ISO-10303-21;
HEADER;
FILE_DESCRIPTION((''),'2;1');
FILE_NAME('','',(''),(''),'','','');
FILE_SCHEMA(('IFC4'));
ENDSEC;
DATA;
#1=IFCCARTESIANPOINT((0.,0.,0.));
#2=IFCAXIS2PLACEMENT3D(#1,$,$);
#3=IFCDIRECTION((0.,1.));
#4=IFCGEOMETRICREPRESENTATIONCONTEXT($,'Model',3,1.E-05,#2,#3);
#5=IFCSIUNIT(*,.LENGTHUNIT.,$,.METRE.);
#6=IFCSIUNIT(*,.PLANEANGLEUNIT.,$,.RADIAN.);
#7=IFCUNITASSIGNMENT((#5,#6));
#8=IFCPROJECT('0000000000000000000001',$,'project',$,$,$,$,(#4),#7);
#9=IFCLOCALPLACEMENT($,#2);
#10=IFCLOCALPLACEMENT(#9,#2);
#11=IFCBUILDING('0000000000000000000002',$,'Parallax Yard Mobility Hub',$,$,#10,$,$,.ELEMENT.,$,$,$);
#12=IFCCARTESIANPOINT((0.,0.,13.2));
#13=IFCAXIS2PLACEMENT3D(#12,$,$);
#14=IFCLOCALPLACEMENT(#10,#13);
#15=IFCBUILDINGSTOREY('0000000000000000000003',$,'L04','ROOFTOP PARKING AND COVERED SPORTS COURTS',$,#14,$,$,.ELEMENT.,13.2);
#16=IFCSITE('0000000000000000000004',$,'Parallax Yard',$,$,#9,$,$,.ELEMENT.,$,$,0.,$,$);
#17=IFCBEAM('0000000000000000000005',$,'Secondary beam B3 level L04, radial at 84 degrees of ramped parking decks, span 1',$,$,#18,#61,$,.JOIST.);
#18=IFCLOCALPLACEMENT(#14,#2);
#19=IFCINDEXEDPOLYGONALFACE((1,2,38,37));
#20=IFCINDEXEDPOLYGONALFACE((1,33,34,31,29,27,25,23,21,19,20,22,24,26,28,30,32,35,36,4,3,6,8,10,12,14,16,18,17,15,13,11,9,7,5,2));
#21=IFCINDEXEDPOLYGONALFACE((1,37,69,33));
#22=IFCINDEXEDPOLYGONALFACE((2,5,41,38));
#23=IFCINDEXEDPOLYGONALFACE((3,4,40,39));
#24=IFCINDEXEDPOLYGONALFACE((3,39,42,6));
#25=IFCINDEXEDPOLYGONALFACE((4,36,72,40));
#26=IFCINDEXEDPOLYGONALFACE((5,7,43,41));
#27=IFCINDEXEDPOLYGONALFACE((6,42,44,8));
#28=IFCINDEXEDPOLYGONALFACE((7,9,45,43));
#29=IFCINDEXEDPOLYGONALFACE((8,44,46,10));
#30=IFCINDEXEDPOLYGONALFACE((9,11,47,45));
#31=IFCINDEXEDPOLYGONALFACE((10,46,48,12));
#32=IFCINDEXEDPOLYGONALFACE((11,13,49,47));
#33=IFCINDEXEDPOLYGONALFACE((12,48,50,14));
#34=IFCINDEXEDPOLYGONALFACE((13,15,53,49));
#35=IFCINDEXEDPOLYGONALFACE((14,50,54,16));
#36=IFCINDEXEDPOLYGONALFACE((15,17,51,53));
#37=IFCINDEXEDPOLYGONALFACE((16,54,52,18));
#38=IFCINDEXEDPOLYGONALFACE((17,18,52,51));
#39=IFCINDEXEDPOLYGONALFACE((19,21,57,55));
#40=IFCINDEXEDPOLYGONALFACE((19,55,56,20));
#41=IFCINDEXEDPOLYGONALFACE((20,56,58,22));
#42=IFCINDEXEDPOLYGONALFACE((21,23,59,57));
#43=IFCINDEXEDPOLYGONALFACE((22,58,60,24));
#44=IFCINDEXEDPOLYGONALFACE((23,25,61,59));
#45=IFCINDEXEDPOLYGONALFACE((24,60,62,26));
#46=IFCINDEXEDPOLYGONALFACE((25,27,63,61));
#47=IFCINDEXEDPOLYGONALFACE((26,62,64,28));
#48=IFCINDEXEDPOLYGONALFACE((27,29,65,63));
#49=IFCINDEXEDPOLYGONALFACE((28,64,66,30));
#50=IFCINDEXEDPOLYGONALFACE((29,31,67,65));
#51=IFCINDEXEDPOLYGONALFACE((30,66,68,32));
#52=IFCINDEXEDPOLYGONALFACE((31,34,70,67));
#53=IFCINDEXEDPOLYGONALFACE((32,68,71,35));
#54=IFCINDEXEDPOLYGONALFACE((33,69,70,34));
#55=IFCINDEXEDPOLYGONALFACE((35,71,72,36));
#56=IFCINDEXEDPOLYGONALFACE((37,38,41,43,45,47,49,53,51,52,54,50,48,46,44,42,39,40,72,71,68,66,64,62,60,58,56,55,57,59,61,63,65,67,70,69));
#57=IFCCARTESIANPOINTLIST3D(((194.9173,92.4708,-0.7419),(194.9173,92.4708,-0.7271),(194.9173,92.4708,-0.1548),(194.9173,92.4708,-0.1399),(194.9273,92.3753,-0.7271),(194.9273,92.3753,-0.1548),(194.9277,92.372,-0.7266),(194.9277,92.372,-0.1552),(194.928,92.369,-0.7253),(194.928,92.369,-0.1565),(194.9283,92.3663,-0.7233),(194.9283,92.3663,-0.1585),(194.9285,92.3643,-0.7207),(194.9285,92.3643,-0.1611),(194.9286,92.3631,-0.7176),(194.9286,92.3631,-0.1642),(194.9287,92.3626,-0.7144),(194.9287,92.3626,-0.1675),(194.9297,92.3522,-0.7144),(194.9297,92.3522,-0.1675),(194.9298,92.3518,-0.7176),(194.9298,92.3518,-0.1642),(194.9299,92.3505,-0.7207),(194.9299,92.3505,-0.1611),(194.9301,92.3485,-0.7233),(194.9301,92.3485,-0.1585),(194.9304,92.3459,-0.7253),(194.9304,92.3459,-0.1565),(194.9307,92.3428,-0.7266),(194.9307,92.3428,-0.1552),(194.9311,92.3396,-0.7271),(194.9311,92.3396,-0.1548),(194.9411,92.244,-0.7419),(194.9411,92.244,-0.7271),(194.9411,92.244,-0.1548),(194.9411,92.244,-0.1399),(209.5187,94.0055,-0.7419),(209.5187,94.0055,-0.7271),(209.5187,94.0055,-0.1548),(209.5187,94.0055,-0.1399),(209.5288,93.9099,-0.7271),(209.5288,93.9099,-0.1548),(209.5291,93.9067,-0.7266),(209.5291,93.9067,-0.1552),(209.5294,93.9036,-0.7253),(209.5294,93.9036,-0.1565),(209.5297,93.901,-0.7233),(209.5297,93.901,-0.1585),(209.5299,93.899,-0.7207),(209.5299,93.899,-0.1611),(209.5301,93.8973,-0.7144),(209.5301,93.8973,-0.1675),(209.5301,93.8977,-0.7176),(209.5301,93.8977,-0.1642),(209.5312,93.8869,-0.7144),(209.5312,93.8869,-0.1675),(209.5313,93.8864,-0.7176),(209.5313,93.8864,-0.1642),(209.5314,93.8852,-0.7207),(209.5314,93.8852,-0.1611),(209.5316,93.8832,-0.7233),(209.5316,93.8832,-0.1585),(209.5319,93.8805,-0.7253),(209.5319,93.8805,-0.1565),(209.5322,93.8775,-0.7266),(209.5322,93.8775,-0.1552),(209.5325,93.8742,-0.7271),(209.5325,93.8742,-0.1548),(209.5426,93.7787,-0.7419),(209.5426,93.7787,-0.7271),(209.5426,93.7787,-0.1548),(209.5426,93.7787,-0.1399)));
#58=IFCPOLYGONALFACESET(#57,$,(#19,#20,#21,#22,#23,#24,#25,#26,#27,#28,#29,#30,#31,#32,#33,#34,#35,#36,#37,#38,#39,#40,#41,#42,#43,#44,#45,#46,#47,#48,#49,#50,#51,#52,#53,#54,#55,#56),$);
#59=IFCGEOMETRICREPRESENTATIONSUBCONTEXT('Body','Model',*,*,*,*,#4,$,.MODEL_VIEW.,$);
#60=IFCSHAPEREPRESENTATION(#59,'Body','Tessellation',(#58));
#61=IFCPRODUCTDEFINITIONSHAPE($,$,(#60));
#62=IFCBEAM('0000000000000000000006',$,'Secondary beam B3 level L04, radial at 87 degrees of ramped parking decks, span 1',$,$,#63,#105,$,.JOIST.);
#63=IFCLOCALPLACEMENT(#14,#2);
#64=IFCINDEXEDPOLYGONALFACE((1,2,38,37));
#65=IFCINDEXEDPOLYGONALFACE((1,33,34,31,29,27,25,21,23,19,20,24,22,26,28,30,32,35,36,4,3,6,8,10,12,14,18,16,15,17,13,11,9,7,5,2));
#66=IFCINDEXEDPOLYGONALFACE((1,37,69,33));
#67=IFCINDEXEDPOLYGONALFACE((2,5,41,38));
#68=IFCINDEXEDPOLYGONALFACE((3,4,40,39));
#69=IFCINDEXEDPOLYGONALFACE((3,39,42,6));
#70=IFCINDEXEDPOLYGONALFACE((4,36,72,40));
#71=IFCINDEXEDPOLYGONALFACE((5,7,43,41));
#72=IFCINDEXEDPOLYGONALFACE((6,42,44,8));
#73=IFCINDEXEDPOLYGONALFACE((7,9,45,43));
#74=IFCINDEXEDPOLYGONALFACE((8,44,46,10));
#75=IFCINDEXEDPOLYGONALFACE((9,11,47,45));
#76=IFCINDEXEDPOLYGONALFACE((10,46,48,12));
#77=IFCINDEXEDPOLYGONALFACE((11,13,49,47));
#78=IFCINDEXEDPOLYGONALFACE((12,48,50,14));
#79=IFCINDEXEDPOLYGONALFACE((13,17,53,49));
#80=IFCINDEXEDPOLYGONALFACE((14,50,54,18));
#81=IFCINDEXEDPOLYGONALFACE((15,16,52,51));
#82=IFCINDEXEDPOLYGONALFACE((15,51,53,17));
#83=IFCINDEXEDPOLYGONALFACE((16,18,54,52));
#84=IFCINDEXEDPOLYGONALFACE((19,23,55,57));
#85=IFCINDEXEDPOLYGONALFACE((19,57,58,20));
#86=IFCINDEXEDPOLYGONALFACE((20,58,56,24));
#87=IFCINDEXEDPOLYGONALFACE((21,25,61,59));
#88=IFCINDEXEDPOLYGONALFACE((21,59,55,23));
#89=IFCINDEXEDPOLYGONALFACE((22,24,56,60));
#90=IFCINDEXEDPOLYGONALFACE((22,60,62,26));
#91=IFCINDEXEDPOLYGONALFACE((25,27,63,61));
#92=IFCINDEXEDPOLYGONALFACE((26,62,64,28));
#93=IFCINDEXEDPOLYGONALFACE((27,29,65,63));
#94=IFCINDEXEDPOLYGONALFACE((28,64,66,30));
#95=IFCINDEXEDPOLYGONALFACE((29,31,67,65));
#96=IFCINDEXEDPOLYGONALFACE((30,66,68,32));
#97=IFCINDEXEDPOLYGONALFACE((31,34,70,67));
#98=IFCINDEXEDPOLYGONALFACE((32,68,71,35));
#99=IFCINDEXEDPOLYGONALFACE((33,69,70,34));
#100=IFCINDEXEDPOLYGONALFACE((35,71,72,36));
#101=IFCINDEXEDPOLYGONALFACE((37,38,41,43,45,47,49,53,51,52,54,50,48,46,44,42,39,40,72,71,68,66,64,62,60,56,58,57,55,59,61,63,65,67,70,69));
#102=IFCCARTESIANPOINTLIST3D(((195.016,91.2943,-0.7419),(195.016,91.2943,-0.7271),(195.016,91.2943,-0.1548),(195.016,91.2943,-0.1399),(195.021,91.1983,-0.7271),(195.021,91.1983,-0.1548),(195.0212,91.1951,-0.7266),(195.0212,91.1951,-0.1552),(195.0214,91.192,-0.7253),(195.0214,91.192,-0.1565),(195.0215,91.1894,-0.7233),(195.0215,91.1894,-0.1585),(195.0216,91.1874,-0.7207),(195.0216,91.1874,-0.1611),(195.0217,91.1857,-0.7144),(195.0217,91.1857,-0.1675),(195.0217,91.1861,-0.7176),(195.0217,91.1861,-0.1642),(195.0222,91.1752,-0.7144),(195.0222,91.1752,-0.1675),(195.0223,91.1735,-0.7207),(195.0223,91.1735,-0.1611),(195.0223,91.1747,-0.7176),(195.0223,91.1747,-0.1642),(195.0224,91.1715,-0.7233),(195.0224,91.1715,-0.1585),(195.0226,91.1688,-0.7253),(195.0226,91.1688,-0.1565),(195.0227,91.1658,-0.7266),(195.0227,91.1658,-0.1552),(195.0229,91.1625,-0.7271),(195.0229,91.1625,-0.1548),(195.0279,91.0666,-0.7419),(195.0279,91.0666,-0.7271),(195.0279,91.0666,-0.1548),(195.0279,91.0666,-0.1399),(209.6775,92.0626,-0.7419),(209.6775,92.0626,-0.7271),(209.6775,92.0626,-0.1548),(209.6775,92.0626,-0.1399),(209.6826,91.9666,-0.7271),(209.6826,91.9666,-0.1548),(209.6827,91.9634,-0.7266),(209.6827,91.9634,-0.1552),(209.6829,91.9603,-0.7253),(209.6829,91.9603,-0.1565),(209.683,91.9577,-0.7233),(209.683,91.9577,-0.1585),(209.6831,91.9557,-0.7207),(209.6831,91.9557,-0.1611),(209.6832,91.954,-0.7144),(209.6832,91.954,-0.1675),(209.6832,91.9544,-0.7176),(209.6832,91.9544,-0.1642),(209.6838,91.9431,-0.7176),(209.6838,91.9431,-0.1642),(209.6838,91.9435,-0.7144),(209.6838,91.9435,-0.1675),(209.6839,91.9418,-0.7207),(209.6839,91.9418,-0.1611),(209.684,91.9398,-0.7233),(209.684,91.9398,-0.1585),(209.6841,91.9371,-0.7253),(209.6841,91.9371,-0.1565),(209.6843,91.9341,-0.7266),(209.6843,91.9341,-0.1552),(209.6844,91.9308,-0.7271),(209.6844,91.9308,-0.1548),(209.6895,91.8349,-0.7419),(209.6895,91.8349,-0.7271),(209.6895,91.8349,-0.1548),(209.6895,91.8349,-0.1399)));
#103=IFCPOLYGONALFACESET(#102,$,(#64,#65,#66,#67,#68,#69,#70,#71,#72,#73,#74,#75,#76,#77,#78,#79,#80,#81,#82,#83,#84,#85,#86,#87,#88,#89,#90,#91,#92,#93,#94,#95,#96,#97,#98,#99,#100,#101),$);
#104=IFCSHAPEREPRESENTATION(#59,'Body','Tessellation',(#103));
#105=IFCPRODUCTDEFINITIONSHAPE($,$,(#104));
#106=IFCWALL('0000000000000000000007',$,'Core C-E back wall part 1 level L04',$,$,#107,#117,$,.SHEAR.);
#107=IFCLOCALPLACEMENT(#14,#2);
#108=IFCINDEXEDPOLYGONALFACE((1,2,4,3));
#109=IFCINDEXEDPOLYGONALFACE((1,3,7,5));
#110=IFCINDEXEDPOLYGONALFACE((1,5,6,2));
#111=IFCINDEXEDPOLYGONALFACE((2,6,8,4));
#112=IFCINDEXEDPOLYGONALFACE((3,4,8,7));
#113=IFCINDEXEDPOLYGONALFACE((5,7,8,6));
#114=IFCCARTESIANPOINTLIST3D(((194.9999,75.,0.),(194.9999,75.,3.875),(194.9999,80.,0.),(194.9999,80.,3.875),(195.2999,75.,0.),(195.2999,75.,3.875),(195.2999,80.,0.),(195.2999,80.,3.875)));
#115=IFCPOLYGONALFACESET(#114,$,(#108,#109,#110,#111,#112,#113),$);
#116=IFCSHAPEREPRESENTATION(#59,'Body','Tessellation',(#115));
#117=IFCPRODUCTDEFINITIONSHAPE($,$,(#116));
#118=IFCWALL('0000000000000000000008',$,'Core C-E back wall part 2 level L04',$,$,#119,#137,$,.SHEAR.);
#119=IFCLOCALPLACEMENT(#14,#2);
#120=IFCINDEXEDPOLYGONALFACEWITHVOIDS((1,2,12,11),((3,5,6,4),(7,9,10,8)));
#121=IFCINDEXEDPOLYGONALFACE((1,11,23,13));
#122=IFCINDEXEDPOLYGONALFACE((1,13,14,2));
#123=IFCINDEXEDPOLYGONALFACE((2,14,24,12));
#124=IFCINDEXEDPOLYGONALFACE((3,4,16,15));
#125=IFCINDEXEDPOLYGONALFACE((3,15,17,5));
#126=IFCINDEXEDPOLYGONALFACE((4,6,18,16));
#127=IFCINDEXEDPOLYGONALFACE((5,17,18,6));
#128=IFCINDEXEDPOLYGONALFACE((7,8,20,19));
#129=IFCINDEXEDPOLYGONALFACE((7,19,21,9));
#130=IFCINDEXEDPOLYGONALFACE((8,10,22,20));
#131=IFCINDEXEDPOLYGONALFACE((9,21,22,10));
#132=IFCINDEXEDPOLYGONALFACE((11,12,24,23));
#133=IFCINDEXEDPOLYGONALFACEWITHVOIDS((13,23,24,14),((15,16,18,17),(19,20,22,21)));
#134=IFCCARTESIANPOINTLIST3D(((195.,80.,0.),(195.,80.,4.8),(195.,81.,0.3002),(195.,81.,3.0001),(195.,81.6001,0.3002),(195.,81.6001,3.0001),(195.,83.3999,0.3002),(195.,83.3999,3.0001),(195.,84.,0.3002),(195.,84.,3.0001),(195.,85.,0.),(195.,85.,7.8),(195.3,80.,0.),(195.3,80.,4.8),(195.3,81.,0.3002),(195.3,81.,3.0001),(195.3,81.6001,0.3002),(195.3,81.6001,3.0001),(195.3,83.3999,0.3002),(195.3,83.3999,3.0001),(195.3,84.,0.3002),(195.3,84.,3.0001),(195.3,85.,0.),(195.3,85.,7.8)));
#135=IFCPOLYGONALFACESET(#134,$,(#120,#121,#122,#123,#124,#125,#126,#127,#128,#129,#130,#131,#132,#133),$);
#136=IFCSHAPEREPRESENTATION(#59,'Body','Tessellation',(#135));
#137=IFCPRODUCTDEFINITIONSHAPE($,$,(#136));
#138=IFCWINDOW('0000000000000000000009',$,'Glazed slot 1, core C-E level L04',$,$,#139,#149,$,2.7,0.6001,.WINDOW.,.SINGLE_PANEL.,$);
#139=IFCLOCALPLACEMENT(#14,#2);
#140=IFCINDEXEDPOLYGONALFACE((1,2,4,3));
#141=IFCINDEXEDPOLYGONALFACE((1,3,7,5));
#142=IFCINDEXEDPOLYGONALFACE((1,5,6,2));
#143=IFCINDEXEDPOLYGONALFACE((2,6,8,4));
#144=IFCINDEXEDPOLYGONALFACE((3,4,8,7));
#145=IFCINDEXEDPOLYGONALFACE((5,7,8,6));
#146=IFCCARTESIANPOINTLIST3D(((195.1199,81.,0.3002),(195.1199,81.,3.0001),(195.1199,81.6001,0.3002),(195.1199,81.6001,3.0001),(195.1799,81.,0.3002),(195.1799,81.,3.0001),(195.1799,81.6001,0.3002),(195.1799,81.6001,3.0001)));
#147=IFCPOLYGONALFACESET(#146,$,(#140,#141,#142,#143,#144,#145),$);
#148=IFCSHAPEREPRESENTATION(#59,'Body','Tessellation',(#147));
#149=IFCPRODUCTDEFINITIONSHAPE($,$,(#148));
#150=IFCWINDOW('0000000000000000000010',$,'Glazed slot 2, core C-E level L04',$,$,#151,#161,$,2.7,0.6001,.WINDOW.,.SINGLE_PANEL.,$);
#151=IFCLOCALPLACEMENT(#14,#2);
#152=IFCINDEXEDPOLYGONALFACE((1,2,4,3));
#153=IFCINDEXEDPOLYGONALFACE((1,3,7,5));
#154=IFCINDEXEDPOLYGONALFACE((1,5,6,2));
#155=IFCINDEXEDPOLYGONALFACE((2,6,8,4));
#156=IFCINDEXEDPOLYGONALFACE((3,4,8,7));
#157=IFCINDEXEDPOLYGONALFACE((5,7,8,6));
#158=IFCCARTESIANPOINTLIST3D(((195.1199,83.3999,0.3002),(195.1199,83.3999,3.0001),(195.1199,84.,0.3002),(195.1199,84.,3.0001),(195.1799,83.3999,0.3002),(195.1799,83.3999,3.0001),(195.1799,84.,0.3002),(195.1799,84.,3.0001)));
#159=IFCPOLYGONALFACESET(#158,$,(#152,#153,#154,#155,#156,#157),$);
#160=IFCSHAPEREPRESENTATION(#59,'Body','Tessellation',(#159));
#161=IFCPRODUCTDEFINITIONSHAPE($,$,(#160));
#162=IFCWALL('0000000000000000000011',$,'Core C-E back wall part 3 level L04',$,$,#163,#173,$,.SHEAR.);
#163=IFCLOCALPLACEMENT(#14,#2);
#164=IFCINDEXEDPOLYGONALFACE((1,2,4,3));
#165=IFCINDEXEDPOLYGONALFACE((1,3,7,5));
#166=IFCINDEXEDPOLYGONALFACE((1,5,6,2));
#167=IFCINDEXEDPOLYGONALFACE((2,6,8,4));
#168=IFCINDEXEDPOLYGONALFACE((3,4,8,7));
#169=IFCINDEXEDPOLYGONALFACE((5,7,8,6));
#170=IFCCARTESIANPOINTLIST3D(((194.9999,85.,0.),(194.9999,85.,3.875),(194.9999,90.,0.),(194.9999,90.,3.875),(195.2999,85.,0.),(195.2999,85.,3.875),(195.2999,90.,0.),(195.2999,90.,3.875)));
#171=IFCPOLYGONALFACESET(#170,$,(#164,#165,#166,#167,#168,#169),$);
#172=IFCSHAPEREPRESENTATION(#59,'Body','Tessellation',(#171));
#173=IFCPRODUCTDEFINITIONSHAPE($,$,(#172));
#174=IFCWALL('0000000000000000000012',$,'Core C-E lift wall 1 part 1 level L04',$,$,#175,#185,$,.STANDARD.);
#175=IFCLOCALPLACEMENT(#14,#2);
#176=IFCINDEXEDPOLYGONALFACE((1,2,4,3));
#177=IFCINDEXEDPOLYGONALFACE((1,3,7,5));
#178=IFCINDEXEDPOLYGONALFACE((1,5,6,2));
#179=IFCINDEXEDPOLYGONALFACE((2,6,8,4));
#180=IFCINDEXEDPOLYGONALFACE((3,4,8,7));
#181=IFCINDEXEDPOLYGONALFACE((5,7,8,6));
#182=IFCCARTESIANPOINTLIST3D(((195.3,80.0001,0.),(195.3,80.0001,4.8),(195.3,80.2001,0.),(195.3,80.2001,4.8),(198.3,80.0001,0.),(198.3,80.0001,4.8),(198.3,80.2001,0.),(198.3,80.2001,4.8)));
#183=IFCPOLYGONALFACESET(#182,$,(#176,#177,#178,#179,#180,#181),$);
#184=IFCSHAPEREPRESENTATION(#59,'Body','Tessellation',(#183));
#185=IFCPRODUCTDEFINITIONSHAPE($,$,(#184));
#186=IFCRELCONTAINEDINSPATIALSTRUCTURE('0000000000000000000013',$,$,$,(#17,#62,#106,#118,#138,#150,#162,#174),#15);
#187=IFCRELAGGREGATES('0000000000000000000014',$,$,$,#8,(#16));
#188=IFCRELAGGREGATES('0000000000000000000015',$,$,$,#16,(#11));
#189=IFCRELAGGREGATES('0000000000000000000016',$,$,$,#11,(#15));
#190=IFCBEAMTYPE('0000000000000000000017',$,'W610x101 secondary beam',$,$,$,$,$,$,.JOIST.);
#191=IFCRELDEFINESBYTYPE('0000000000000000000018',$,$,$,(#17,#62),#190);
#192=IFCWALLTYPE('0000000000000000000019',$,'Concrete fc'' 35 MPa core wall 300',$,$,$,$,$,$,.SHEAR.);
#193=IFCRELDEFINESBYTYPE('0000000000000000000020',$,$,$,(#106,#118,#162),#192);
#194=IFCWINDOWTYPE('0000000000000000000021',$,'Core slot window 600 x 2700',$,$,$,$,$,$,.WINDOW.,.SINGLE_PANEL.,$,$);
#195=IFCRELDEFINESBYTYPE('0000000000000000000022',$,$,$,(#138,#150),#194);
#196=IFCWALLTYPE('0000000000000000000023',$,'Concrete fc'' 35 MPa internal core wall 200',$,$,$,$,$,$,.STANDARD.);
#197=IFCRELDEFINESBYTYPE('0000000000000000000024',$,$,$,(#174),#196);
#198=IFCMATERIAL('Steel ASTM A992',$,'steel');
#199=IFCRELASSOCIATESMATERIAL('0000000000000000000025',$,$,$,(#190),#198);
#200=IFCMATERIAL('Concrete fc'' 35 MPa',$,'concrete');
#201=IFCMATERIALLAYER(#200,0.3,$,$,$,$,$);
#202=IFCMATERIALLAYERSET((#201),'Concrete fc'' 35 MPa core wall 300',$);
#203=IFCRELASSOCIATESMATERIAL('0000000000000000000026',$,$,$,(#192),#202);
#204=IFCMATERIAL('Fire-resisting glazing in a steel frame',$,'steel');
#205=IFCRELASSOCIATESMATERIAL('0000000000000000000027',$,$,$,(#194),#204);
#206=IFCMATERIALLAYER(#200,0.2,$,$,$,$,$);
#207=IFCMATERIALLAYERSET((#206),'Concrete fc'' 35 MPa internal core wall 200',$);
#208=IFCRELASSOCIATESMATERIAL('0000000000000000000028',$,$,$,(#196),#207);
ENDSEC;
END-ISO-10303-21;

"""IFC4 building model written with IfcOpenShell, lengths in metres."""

from ifc_helpers import new_model, si_unit, direction, frame, frame_2d, origin, origin_2d, place, context, subcontext, project, spatial, polyline, rectangle, i_section, outline, extrude, material, layer, layer_set, material_profile, profile_set, type_object, element, fill, save


model = new_model("IFC4")

# Units and contexts
model_context = context("Model", 3, precision=1e-05, world=origin(), true_north=direction((0.0, 1.0)))
body_context = subcontext(model_context, "Body", "Model", "MODEL_VIEW")
ifc_project = project(units=[si_unit("LENGTHUNIT", "METRE"), si_unit("PLANEANGLEUNIT", "RADIAN")], contexts=[model_context])

# Site, building, storey
site_placement = place(None, origin())
site = spatial("IfcSite", under=ifc_project, at=site_placement, Name="Parallax Yard", CompositionType="ELEMENT", RefElevation=0.0)
building_placement = place(site_placement, origin())
building = spatial("IfcBuilding", under=site, at=building_placement, Name="Parallax Yard Mobility Hub", CompositionType="ELEMENT")
storey_placement = place(building_placement, frame((0.0, 0.0, 13.2)))
storey = spatial("IfcBuildingStorey", under=building, at=storey_placement, Name="L04", Description="ROOFTOP PARKING AND COVERED SPORTS COURTS", CompositionType="ELEMENT", Elevation=13.2)

# Shared definitions
ifc_material_1 = material(Name="Steel ASTM A992", Category="steel")

# Beams
ifc_material_profile_1 = material_profile(ifc_material_1, i_section(OverallWidth=0.228, OverallDepth=0.6021, WebThickness=0.0105, FlangeThickness=0.0149, FilletRadius=0.0127, at=origin_2d()), Name="W610x101")
ifc_profile_set_1 = profile_set([ifc_material_profile_1], Name="Steel ASTM A992")
beam_type = type_object("IfcBeamType", Name="W610x101 secondary beam", PredefinedType="JOIST", material=ifc_profile_set_1)
beam_1_placement = place(storey_placement, frame((194.9292, 92.3574, -0.4409), z_axis=(0.994522, 0.104527, 0.0), x_axis=(-0.104527, 0.994522, 0.0)))
element("IfcBeam", 1, at=beam_1_placement, inside=storey, type_object=beam_type, Name="Secondary beam B3 level L04, radial at 84 degrees of ramped parking decks, span 1", PredefinedType="JOIST", context=body_context, shape_type="SweptSolid", body=[
    extrude(i_section(OverallWidth=0.228, OverallDepth=0.6021, WebThickness=0.0105, FlangeThickness=0.0149, FilletRadius=0.0127, at=origin_2d()), origin(), (0.0, 0.0, 1.0), 14.6819),
])
beam_2_placement = place(storey_placement, frame((195.022, 91.1804, -0.4409), z_axis=(0.99863, 0.052331, 0.0), x_axis=(-0.052331, 0.99863, 0.0)))
element("IfcBeam", 2, at=beam_2_placement, inside=storey, type_object=beam_type, Name="Secondary beam B3 level L04, radial at 87 degrees of ramped parking decks, span 1", PredefinedType="JOIST", context=body_context, shape_type="SweptSolid", body=[
    extrude(i_section(OverallWidth=0.228, OverallDepth=0.6021, WebThickness=0.0105, FlangeThickness=0.0149, FilletRadius=0.0127, at=origin_2d()), origin(), (0.0, 0.0, 1.0), 14.6816),
])

# Wall
ifc_material_2 = material(Name="Concrete fc' 35 MPa", Category="concrete")
ifc_layer_1 = layer(ifc_material_2, 0.3)
ifc_layer_set_1 = layer_set([ifc_layer_1], Name="Concrete fc' 35 MPa core wall 300")
wall_type_1 = type_object("IfcWallType", Name="Concrete fc' 35 MPa core wall 300", PredefinedType="SHEAR", material=ifc_layer_set_1)
wall_1_placement = place(storey_placement, frame((195.1499, 75.0, 0.0), z_axis=(0.0, 0.0, 1.0), x_axis=(0.0, 1.0, 0.0)))
element("IfcWall", 3, at=wall_1_placement, inside=storey, type_object=wall_type_1, Name="Core C-E back wall part 1 level L04", PredefinedType="SHEAR", context=body_context, shape_type="SweptSolid", body=[
    extrude(rectangle(XDim=5.0, YDim=0.3, at=frame_2d((2.5, 0.0))), origin(), (0.0, 0.0, 1.0), 3.875),
])

# Wall, openings, windows
wall_2_placement = place(storey_placement, frame((195.1499, 80.0, 0.0), z_axis=(0.0, 0.0, 1.0), x_axis=(0.0, 1.0, 0.0)))
wall_2 = element("IfcWall", 4, at=wall_2_placement, inside=storey, type_object=wall_type_1, Name="Core C-E back wall part 2 level L04", PredefinedType="SHEAR", context=body_context, shape_type="SweptSolid", body=[
    extrude(outline(polyline([(0.0, 0.0), (5.0, 0.0), (5.0, 7.8), (0.0, 4.8), (0.0, 0.0)])), frame((0.0, 0.1499, 0.0), z_axis=(0.0, -1.0, 0.0), x_axis=(1.0, 0.0, 0.0)), (0.0, 0.0, 1.0), 0.3),
])
opening_1_placement = place(wall_2_placement, frame((1.0, 0.0, 0.3)))
opening_1 = element("IfcOpeningElement", 5, at=opening_1_placement, cuts=wall_2, PredefinedType="OPENING", context=body_context, shape_type="SweptSolid", body=[
    extrude(rectangle(XDim=0.6001, YDim=2.7, at=frame_2d((0.3, 1.3501))), frame((0.0, 0.1602, 0.0), z_axis=(0.0, -1.0, 0.0), x_axis=(1.0, 0.0, 0.0)), (0.0, 0.0, 1.0), 0.3201),
])
opening_2_placement = place(wall_2_placement, frame((3.3999, 0.0, 0.3)))
opening_2 = element("IfcOpeningElement", 6, at=opening_2_placement, cuts=wall_2, PredefinedType="OPENING", context=body_context, shape_type="SweptSolid", body=[
    extrude(rectangle(XDim=0.6001, YDim=2.7, at=frame_2d((0.3, 1.3501))), frame((0.0, 0.1602, 0.0), z_axis=(0.0, -1.0, 0.0), x_axis=(1.0, 0.0, 0.0)), (0.0, 0.0, 1.0), 0.3201),
])
ifc_material_3 = material(Name="Fire-resisting glazing in a steel frame", Category="steel")
window_type = type_object("IfcWindowType", Name="Core slot window 600 x 2700", PartitioningType="SINGLE_PANEL", PredefinedType="WINDOW", material=ifc_material_3)
window_1_placement = place(opening_1_placement, origin())
window_1 = element("IfcWindow", 7, at=window_1_placement, inside=storey, type_object=window_type, Name="Glazed slot 1, core C-E level L04", OverallHeight=2.7, OverallWidth=0.6001, PartitioningType="SINGLE_PANEL", PredefinedType="WINDOW", context=body_context, shape_type="SweptSolid", body=[
    extrude(rectangle(XDim=0.6001, YDim=2.7, at=frame_2d((0.3, 1.3501))), frame((0.0, 0.03, 0.0), z_axis=(0.0, -1.0, 0.0), x_axis=(1.0, 0.0, 0.0)), (0.0, 0.0, 1.0), 0.0601),
])
fill(opening_1, window_1)
window_2_placement = place(opening_2_placement, origin())
window_2 = element("IfcWindow", 8, at=window_2_placement, inside=storey, type_object=window_type, Name="Glazed slot 2, core C-E level L04", OverallHeight=2.7, OverallWidth=0.6001, PartitioningType="SINGLE_PANEL", PredefinedType="WINDOW", context=body_context, shape_type="SweptSolid", body=[
    extrude(rectangle(XDim=0.6001, YDim=2.7, at=frame_2d((0.3, 1.3501))), frame((0.0, 0.03, 0.0), z_axis=(0.0, -1.0, 0.0), x_axis=(1.0, 0.0, 0.0)), (0.0, 0.0, 1.0), 0.0601),
])
fill(opening_2, window_2)

# Walls
wall_3_placement = place(storey_placement, frame((195.1499, 85.0, 0.0), z_axis=(0.0, 0.0, 1.0), x_axis=(0.0, 1.0, 0.0)))
element("IfcWall", 9, at=wall_3_placement, inside=storey, type_object=wall_type_1, Name="Core C-E back wall part 3 level L04", PredefinedType="SHEAR", context=body_context, shape_type="SweptSolid", body=[
    extrude(rectangle(XDim=5.0, YDim=0.3, at=frame_2d((2.5, 0.0))), origin(), (0.0, 0.0, 1.0), 3.875),
])
ifc_layer_2 = layer(ifc_material_2, 0.2)
ifc_layer_set_2 = layer_set([ifc_layer_2], Name="Concrete fc' 35 MPa internal core wall 200")
wall_type_2 = type_object("IfcWallType", Name="Concrete fc' 35 MPa internal core wall 200", PredefinedType="STANDARD", material=ifc_layer_set_2)
wall_4_placement = place(storey_placement, frame((198.3, 80.1001, 0.0), z_axis=(0.0, 0.0, 1.0), x_axis=(-1.0, 0.0, 0.0)))
element("IfcWall", 10, at=wall_4_placement, inside=storey, type_object=wall_type_2, Name="Core C-E lift wall 1 part 1 level L04", PredefinedType="STANDARD", context=body_context, shape_type="SweptSolid", body=[
    extrude(rectangle(XDim=3.0, YDim=0.2, at=frame_2d((1.5, 0.0))), origin(), (0.0, 0.0, 1.0), 4.8),
])

save(model, "model.ifc")
